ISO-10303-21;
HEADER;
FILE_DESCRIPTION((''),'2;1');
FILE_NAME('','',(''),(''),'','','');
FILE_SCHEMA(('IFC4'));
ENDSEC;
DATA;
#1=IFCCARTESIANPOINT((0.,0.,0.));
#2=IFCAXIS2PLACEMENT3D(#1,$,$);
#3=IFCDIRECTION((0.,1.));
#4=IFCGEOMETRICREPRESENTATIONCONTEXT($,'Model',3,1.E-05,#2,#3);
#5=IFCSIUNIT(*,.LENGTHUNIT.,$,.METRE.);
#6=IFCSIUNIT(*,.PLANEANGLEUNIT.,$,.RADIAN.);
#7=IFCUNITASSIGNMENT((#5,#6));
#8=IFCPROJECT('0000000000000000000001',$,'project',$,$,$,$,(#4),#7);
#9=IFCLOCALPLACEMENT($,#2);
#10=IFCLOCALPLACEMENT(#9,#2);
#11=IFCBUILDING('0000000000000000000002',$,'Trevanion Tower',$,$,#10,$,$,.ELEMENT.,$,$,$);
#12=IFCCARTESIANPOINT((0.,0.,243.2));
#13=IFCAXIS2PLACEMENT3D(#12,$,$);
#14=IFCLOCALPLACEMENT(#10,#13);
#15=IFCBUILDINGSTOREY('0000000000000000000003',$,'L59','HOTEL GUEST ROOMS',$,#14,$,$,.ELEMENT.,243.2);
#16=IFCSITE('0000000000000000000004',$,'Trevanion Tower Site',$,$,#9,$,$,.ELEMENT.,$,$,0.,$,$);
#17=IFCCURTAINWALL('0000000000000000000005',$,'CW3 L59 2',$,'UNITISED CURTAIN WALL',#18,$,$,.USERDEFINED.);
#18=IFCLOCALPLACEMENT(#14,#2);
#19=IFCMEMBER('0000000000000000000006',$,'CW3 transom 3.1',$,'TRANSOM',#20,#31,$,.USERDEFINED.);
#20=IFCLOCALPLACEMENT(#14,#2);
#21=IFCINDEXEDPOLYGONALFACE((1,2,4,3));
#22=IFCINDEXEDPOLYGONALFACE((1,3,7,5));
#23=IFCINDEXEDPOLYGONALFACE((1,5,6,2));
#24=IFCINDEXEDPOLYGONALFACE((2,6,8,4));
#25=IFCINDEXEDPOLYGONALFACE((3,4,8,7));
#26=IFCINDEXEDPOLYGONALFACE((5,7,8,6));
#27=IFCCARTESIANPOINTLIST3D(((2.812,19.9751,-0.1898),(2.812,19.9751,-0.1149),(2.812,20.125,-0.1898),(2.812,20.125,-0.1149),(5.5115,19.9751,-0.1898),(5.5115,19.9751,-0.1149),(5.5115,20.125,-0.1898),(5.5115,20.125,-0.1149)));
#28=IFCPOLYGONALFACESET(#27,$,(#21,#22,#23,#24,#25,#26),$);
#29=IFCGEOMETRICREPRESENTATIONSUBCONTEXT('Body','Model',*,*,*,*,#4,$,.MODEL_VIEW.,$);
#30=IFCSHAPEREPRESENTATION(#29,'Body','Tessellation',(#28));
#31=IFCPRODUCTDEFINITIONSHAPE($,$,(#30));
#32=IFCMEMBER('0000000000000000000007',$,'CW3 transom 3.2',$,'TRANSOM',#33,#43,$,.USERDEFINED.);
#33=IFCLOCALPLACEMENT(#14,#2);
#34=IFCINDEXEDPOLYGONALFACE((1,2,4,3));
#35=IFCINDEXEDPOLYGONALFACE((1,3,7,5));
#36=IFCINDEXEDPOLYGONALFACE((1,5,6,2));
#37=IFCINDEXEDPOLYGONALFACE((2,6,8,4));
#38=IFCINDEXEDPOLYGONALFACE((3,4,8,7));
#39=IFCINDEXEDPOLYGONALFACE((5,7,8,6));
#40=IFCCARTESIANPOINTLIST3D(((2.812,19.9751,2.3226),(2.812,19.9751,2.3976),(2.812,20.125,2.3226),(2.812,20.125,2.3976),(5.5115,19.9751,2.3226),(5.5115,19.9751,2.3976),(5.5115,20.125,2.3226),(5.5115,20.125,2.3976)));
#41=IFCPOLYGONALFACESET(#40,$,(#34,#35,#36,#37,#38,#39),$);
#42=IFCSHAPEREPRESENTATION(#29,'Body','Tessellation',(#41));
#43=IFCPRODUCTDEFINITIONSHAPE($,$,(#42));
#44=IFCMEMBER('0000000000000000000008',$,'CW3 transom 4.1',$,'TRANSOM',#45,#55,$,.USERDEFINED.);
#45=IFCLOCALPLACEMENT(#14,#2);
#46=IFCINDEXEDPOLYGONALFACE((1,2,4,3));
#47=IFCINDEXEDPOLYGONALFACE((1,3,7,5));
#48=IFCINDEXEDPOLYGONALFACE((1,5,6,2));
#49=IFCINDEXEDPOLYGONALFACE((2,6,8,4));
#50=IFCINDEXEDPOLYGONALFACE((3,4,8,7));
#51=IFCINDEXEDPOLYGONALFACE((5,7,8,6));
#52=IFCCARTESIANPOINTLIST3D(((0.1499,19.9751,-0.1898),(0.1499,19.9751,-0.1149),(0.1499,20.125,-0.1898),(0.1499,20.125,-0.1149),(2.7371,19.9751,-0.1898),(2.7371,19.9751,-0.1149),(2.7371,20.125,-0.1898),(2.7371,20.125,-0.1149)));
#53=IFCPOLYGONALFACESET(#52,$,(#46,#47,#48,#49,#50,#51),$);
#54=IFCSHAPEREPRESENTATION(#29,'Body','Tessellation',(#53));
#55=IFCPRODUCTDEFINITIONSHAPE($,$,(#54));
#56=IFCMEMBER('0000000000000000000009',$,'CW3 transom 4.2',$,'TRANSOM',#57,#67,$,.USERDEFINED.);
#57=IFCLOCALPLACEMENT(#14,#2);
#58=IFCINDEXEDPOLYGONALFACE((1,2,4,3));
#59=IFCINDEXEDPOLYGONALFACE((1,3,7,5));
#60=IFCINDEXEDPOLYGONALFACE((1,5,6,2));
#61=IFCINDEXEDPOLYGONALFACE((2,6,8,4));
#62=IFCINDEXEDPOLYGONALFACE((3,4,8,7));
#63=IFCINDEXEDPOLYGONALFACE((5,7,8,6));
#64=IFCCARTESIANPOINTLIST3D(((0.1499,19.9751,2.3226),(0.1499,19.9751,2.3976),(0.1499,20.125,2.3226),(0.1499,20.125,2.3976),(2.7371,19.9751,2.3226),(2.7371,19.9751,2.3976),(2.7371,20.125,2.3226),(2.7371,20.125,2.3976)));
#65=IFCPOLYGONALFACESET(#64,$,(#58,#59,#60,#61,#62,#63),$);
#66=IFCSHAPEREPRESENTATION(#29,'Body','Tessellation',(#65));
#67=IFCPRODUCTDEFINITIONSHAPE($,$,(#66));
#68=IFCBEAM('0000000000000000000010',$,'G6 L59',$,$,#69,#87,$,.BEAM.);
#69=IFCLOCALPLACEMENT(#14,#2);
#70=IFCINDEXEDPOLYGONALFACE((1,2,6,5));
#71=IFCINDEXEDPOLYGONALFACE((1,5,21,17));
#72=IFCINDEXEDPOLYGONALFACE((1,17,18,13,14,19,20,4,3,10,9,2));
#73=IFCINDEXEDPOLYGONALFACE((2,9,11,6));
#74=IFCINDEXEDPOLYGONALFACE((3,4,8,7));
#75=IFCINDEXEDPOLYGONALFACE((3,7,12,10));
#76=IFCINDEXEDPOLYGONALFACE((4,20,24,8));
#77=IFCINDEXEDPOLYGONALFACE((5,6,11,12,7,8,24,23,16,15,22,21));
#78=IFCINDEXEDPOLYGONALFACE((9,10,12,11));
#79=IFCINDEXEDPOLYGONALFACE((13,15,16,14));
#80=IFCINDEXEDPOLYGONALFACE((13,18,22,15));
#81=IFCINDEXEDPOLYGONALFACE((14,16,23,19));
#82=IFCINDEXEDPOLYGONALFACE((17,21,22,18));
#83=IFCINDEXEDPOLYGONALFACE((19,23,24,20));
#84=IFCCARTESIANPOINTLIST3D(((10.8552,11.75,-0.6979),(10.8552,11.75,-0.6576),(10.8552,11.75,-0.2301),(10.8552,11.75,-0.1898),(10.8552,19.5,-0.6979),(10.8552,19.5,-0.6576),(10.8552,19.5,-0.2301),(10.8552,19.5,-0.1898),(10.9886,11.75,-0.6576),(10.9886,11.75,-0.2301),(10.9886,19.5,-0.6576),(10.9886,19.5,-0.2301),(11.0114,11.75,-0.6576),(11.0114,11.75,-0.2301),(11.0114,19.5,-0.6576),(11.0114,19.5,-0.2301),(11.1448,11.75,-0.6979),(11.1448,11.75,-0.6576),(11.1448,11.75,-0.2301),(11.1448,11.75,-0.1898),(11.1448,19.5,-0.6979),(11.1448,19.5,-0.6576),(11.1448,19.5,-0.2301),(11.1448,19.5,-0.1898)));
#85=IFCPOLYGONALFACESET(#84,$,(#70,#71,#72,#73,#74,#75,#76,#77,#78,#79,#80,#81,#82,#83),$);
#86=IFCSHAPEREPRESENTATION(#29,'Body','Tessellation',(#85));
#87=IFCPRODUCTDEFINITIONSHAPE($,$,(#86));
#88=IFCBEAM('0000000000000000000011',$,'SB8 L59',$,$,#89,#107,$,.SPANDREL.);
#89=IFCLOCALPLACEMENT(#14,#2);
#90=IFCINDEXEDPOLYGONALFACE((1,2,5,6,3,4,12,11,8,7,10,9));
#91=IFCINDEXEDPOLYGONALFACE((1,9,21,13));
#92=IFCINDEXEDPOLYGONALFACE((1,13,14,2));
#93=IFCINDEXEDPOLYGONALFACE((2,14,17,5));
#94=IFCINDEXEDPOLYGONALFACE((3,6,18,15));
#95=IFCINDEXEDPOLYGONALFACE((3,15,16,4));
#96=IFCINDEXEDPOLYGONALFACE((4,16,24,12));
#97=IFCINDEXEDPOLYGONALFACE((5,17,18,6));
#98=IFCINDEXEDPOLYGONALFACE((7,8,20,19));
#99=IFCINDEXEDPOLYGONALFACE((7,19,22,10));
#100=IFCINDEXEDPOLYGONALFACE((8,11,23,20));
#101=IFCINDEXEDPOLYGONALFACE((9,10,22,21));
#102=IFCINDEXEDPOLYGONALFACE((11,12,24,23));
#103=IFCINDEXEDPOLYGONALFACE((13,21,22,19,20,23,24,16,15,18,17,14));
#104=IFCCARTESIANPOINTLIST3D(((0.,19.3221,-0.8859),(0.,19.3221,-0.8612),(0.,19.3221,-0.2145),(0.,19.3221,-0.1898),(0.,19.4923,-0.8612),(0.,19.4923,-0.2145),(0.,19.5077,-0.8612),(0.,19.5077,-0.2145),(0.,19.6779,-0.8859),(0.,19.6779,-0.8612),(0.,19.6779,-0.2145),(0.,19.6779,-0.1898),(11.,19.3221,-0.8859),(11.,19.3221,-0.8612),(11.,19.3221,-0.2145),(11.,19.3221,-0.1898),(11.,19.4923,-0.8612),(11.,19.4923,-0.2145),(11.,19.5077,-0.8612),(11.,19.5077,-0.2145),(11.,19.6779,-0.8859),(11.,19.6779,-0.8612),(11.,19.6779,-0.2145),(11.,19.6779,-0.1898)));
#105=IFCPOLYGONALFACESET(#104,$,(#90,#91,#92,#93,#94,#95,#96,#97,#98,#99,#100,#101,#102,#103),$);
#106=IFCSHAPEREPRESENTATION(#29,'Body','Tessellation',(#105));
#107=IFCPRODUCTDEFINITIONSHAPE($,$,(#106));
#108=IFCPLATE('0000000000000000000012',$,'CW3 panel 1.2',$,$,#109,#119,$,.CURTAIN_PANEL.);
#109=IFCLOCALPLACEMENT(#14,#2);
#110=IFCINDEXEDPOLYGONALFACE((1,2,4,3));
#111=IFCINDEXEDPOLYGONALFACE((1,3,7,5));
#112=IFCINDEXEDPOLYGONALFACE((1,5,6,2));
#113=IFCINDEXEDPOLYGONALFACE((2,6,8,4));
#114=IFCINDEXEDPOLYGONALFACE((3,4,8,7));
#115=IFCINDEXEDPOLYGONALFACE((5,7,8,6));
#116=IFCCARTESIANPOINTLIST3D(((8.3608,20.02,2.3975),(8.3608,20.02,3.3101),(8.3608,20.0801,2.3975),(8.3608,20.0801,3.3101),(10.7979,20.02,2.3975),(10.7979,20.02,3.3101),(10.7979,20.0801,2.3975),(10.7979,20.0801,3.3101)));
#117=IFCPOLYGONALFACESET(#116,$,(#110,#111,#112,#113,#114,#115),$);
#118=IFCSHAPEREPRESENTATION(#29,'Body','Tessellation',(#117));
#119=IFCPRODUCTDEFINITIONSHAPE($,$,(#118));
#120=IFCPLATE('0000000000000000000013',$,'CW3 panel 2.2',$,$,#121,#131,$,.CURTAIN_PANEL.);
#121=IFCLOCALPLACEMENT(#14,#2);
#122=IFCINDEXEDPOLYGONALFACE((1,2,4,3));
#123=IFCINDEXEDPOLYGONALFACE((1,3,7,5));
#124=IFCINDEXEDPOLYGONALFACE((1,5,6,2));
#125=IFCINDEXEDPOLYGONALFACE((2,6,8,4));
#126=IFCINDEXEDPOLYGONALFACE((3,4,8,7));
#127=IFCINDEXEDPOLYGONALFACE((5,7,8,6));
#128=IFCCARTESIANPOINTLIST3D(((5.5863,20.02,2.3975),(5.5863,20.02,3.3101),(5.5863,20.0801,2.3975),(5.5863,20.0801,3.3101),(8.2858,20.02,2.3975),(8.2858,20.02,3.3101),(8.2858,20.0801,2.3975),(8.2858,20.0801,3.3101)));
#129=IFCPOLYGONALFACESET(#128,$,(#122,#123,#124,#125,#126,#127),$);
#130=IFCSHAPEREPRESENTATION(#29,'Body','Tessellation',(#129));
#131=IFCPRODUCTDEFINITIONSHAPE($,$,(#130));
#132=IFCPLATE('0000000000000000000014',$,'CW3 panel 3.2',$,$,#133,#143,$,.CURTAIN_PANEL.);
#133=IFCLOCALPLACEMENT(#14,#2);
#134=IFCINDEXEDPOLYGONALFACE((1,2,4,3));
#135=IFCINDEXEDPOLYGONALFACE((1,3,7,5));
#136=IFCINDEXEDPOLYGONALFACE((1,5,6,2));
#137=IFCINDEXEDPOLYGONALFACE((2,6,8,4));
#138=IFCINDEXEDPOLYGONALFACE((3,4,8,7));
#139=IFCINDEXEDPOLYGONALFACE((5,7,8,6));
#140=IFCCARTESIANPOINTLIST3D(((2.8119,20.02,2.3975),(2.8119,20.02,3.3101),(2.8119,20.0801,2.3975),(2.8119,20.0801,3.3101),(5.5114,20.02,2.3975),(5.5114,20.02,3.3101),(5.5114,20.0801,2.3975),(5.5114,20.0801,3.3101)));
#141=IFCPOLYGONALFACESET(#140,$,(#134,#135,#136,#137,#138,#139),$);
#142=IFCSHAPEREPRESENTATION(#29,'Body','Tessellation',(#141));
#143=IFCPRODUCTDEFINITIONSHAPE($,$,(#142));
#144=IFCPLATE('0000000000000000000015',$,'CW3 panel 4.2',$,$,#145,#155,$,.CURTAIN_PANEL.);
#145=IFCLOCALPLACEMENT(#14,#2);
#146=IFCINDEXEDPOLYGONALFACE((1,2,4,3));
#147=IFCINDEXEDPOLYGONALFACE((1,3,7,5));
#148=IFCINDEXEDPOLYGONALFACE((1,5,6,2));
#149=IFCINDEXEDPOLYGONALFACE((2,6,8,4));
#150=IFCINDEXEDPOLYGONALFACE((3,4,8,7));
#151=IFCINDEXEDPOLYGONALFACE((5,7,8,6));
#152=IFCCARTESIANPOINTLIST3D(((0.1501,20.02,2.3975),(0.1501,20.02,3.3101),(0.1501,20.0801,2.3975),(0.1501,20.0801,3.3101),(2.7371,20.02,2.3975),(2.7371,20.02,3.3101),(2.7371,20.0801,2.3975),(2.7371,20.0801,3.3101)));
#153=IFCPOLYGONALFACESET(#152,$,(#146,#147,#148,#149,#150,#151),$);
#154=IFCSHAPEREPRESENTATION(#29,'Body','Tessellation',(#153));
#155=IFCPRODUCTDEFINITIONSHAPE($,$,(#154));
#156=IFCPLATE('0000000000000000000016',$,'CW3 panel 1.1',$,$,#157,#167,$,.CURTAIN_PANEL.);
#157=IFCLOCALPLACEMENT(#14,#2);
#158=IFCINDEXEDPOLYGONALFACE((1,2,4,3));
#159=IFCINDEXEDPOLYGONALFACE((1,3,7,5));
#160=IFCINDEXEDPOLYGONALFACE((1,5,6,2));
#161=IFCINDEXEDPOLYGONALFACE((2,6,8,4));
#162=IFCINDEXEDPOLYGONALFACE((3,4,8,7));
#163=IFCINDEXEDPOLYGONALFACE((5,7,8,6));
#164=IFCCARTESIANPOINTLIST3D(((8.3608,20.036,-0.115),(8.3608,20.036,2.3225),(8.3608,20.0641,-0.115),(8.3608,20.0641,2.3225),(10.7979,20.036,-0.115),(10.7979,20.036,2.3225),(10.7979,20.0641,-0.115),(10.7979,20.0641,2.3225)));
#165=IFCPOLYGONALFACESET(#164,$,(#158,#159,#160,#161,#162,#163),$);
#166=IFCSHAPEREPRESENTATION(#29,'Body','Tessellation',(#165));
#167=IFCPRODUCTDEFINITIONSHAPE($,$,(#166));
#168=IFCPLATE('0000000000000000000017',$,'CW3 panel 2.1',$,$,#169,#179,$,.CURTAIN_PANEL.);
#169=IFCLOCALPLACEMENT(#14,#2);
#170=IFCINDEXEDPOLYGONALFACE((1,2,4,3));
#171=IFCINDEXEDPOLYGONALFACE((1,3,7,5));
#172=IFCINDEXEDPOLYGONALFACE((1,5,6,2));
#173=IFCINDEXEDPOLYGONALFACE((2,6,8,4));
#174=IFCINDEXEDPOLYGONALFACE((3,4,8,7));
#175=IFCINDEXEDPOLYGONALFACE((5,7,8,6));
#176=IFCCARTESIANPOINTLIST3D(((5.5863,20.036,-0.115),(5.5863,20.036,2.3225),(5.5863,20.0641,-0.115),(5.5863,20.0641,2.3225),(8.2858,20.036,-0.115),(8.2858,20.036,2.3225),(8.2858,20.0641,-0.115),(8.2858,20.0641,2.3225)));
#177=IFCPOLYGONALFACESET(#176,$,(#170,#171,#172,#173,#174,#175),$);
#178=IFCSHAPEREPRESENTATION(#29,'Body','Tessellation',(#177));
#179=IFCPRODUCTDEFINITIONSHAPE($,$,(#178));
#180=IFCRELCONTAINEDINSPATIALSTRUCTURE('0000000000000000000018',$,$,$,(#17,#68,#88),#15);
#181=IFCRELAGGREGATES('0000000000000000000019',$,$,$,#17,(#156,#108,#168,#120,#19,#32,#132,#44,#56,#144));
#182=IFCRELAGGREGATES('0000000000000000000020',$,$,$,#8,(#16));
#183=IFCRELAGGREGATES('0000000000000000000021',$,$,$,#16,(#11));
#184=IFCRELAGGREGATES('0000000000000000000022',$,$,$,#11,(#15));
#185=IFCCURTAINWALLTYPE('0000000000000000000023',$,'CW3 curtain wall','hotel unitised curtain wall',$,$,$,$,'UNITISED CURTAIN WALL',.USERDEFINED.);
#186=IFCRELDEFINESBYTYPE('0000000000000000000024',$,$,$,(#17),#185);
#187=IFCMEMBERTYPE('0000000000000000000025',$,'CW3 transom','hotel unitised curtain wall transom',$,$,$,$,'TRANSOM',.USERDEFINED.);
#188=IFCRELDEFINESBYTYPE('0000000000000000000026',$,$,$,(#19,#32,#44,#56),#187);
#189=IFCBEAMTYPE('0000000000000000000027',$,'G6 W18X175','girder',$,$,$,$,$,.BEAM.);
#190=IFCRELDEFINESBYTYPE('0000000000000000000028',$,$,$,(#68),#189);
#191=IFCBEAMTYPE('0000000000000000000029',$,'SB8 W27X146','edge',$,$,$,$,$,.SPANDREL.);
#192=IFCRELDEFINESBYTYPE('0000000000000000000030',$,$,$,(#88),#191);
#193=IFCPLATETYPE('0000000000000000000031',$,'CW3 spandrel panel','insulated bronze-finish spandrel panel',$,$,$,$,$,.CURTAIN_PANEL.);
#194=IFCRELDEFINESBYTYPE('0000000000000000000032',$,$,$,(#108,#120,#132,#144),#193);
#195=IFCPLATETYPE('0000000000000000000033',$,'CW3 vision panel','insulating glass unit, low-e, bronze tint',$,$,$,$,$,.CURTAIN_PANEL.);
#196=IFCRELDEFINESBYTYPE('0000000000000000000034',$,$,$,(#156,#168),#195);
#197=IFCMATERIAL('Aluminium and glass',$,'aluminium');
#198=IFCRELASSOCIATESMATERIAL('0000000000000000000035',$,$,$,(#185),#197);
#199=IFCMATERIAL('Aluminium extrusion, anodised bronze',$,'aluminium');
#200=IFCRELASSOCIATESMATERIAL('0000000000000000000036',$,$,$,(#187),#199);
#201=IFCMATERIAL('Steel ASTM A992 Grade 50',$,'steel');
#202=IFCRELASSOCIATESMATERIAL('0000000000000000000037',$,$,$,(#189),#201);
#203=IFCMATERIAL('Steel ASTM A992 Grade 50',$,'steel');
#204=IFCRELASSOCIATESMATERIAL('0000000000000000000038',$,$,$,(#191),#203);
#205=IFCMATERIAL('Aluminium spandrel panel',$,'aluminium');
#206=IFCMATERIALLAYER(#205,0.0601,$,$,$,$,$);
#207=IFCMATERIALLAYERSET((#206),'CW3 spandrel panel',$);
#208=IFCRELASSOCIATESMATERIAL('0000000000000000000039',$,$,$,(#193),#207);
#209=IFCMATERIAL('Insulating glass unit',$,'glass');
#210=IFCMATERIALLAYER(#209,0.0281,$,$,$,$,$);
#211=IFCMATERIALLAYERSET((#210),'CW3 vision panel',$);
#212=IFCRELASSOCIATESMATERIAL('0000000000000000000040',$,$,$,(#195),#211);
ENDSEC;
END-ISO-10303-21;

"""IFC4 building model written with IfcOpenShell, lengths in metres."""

from ifc_helpers import new_model, si_unit, direction, frame, origin, origin_2d, place, context, subcontext, project, spatial, rectangle, i_section, extrude, material, layer, layer_set, material_profile, profile_set, type_object, element, aggregate, save


model = new_model("IFC4")

# Units and contexts
model_context = context("Model", 3, precision=1e-05, world=origin(), true_north=direction((0.0, 1.0)))
body_context = subcontext(model_context, "Body", "Model", "MODEL_VIEW")
ifc_project = project(units=[si_unit("LENGTHUNIT", "METRE"), si_unit("PLANEANGLEUNIT", "RADIAN")], contexts=[model_context])

# Site, building, storey
site_placement = place(None, origin())
site = spatial("IfcSite", under=ifc_project, at=site_placement, Name="Trevanion Tower Site", CompositionType="ELEMENT", RefElevation=0.0)
building_placement = place(site_placement, origin())
building = spatial("IfcBuilding", under=site, at=building_placement, Name="Trevanion Tower", CompositionType="ELEMENT")
storey_placement = place(building_placement, frame((0.0, 0.0, 243.2)))
storey = spatial("IfcBuildingStorey", under=building, at=storey_placement, Name="L59", Description="HOTEL GUEST ROOMS", CompositionType="ELEMENT", Elevation=243.2)

# Curtain wall
ifc_material_1 = material(Name="Aluminium and glass", Category="aluminium")
curtain_wall_type = type_object("IfcCurtainWallType", Name="CW3 curtain wall", Description="hotel unitised curtain wall", ElementType="UNITISED CURTAIN WALL", PredefinedType="USERDEFINED", material=ifc_material_1)
curtain_wall_1_placement = place(storey_placement, origin())
curtain_wall_1 = element("IfcCurtainWall", 1, at=curtain_wall_1_placement, inside=storey, type_object=curtain_wall_type, Name="CW3 L59 2", ObjectType="UNITISED CURTAIN WALL", PredefinedType="USERDEFINED")

# Members
ifc_material_2 = material(Name="Aluminium extrusion, anodised bronze", Category="aluminium")
ifc_material_profile_1 = material_profile(ifc_material_2, rectangle(XDim=0.1499, YDim=0.075, at=origin_2d()), Name="CW3 transom")
ifc_profile_set_1 = profile_set([ifc_material_profile_1], Name="Aluminium extrusion, anodised bronze")
member_type_1 = type_object("IfcMemberType", Name="CW3 transom", Description="hotel unitised curtain wall transom", ElementType="TRANSOM", PredefinedType="USERDEFINED", material=ifc_profile_set_1)
member_1_placement = place(storey_placement, frame((5.5115, 20.05, -0.1523), z_axis=(-1.0, 0.0, 0.0), x_axis=(0.0, -1.0, 0.0)))
member_1 = element("IfcMember", 2, at=member_1_placement, type_object=member_type_1, Name="CW3 transom 3.1", ObjectType="TRANSOM", PredefinedType="USERDEFINED", context=body_context, shape_type="SweptSolid", body=[
    extrude(rectangle(XDim=0.1499, YDim=0.075, at=origin_2d()), origin(), (0.0, 0.0, 1.0), 2.6995),
])
member_2_placement = place(storey_placement, frame((5.5115, 20.05, 2.3601), z_axis=(-1.0, 0.0, 0.0), x_axis=(0.0, -1.0, 0.0)))
member_2 = element("IfcMember", 3, at=member_2_placement, type_object=member_type_1, Name="CW3 transom 3.2", ObjectType="TRANSOM", PredefinedType="USERDEFINED", context=body_context, shape_type="SweptSolid", body=[
    extrude(rectangle(XDim=0.1499, YDim=0.075, at=origin_2d()), origin(), (0.0, 0.0, 1.0), 2.6995),
])
member_3_placement = place(storey_placement, frame((2.7371, 20.05, -0.1523), z_axis=(-1.0, 0.0, 0.0), x_axis=(0.0, -1.0, 0.0)))
member_3 = element("IfcMember", 4, at=member_3_placement, type_object=member_type_1, Name="CW3 transom 4.1", ObjectType="TRANSOM", PredefinedType="USERDEFINED", context=body_context, shape_type="SweptSolid", body=[
    extrude(rectangle(XDim=0.1499, YDim=0.075, at=origin_2d()), origin(), (0.0, 0.0, 1.0), 2.5872),
])
member_4_placement = place(storey_placement, frame((2.7371, 20.05, 2.3601), z_axis=(-1.0, 0.0, 0.0), x_axis=(0.0, -1.0, 0.0)))
member_4 = element("IfcMember", 5, at=member_4_placement, type_object=member_type_1, Name="CW3 transom 4.2", ObjectType="TRANSOM", PredefinedType="USERDEFINED", context=body_context, shape_type="SweptSolid", body=[
    extrude(rectangle(XDim=0.1499, YDim=0.075, at=origin_2d()), origin(), (0.0, 0.0, 1.0), 2.5872),
])

# Beams
ifc_material_3 = material(Name="Steel ASTM A992 Grade 50", Category="steel")
ifc_material_profile_2 = material_profile(ifc_material_3, i_section(OverallWidth=0.2896, OverallDepth=0.5081, WebThickness=0.0227, FlangeThickness=0.0403, at=origin_2d()), Name="W18X175")
ifc_profile_set_2 = profile_set([ifc_material_profile_2], Name="Steel ASTM A992 Grade 50")
beam_type_1 = type_object("IfcBeamType", Name="G6 W18X175", Description="girder", PredefinedType="BEAM", material=ifc_profile_set_2)
beam_1_placement = place(storey_placement, frame((11.0, 11.75, -0.4438), z_axis=(0.0, 1.0, 0.0), x_axis=(-1.0, 0.0, 0.0)))
element("IfcBeam", 6, at=beam_1_placement, inside=storey, type_object=beam_type_1, Name="G6 L59", PredefinedType="BEAM", context=body_context, shape_type="SweptSolid", body=[
    extrude(i_section(OverallWidth=0.2896, OverallDepth=0.5081, WebThickness=0.0227, FlangeThickness=0.0403, at=origin_2d()), origin(), (0.0, 0.0, 1.0), 7.75),
])
ifc_material_4 = material(Name="Steel ASTM A992 Grade 50", Category="steel")
ifc_material_profile_3 = material_profile(ifc_material_4, i_section(OverallWidth=0.3557, OverallDepth=0.696, WebThickness=0.0154, FlangeThickness=0.0247, at=origin_2d()), Name="W27X146")
ifc_profile_set_3 = profile_set([ifc_material_profile_3], Name="Steel ASTM A992 Grade 50")
beam_type_2 = type_object("IfcBeamType", Name="SB8 W27X146", Description="edge", PredefinedType="SPANDREL", material=ifc_profile_set_3)
beam_2_placement = place(storey_placement, frame((11.0, 19.5, -0.5378), z_axis=(-1.0, 0.0, 0.0), x_axis=(0.0, -1.0, 0.0)))
element("IfcBeam", 7, at=beam_2_placement, inside=storey, type_object=beam_type_2, Name="SB8 L59", PredefinedType="SPANDREL", context=body_context, shape_type="SweptSolid", body=[
    extrude(i_section(OverallWidth=0.3557, OverallDepth=0.696, WebThickness=0.0154, FlangeThickness=0.0247, at=origin_2d()), origin(), (0.0, 0.0, 1.0), 11.0),
])

# Plates
ifc_material_5 = material(Name="Aluminium spandrel panel", Category="aluminium")
ifc_layer_1 = layer(ifc_material_5, 0.0601)
ifc_layer_set_1 = layer_set([ifc_layer_1], Name="CW3 spandrel panel")
plate_type_1 = type_object("IfcPlateType", Name="CW3 spandrel panel", Description="insulated bronze-finish spandrel panel", PredefinedType="CURTAIN_PANEL", material=ifc_layer_set_1)
plate_1_placement = place(storey_placement, frame((9.5793, 20.05, 2.3975), z_axis=(0.0, 0.0, 1.0), x_axis=(-1.0, 0.0, 0.0)))
plate_1 = element("IfcPlate", 8, at=plate_1_placement, type_object=plate_type_1, Name="CW3 panel 1.2", PredefinedType="CURTAIN_PANEL", context=body_context, shape_type="SweptSolid", body=[
    extrude(rectangle(XDim=2.437, YDim=0.0601, at=origin_2d()), origin(), (0.0, 0.0, 1.0), 0.9126),
])
plate_2_placement = place(storey_placement, frame((6.936, 20.05, 2.3975), z_axis=(0.0, 0.0, 1.0), x_axis=(-1.0, 0.0, 0.0)))
plate_2 = element("IfcPlate", 9, at=plate_2_placement, type_object=plate_type_1, Name="CW3 panel 2.2", PredefinedType="CURTAIN_PANEL", context=body_context, shape_type="SweptSolid", body=[
    extrude(rectangle(XDim=2.6995, YDim=0.0601, at=origin_2d()), origin(), (0.0, 0.0, 1.0), 0.9126),
])
plate_3_placement = place(storey_placement, frame((4.1616, 20.05, 2.3975), z_axis=(0.0, 0.0, 1.0), x_axis=(-1.0, 0.0, 0.0)))
plate_3 = element("IfcPlate", 10, at=plate_3_placement, type_object=plate_type_1, Name="CW3 panel 3.2", PredefinedType="CURTAIN_PANEL", context=body_context, shape_type="SweptSolid", body=[
    extrude(rectangle(XDim=2.6995, YDim=0.0601, at=origin_2d()), origin(), (0.0, 0.0, 1.0), 0.9126),
])
plate_4_placement = place(storey_placement, frame((1.4436, 20.05, 2.3975), z_axis=(0.0, 0.0, 1.0), x_axis=(-1.0, 0.0, 0.0)))
plate_4 = element("IfcPlate", 11, at=plate_4_placement, type_object=plate_type_1, Name="CW3 panel 4.2", PredefinedType="CURTAIN_PANEL", context=body_context, shape_type="SweptSolid", body=[
    extrude(rectangle(XDim=2.5869, YDim=0.0601, at=origin_2d()), origin(), (0.0, 0.0, 1.0), 0.9126),
])
ifc_material_6 = material(Name="Insulating glass unit", Category="glass")
ifc_layer_2 = layer(ifc_material_6, 0.0281)
ifc_layer_set_2 = layer_set([ifc_layer_2], Name="CW3 vision panel")
plate_type_2 = type_object("IfcPlateType", Name="CW3 vision panel", Description="insulating glass unit, low-e, bronze tint", PredefinedType="CURTAIN_PANEL", material=ifc_layer_set_2)
plate_5_placement = place(storey_placement, frame((9.5793, 20.05, -0.115), z_axis=(0.0, 0.0, 1.0), x_axis=(-1.0, 0.0, 0.0)))
plate_5 = element("IfcPlate", 12, at=plate_5_placement, type_object=plate_type_2, Name="CW3 panel 1.1", PredefinedType="CURTAIN_PANEL", context=body_context, shape_type="SweptSolid", body=[
    extrude(rectangle(XDim=2.437, YDim=0.0281, at=origin_2d()), origin(), (0.0, 0.0, 1.0), 2.4375),
])
plate_6_placement = place(storey_placement, frame((6.936, 20.05, -0.115), z_axis=(0.0, 0.0, 1.0), x_axis=(-1.0, 0.0, 0.0)))
plate_6 = element("IfcPlate", 13, at=plate_6_placement, type_object=plate_type_2, Name="CW3 panel 2.1", PredefinedType="CURTAIN_PANEL", context=body_context, shape_type="SweptSolid", body=[
    extrude(rectangle(XDim=2.6995, YDim=0.0281, at=origin_2d()), origin(), (0.0, 0.0, 1.0), 2.4375),
])
aggregate(curtain_wall_1, [plate_5, plate_1, plate_6, plate_2, member_1, member_2, plate_3, member_3, member_4, plate_4])

save(model, "model.ifc")
